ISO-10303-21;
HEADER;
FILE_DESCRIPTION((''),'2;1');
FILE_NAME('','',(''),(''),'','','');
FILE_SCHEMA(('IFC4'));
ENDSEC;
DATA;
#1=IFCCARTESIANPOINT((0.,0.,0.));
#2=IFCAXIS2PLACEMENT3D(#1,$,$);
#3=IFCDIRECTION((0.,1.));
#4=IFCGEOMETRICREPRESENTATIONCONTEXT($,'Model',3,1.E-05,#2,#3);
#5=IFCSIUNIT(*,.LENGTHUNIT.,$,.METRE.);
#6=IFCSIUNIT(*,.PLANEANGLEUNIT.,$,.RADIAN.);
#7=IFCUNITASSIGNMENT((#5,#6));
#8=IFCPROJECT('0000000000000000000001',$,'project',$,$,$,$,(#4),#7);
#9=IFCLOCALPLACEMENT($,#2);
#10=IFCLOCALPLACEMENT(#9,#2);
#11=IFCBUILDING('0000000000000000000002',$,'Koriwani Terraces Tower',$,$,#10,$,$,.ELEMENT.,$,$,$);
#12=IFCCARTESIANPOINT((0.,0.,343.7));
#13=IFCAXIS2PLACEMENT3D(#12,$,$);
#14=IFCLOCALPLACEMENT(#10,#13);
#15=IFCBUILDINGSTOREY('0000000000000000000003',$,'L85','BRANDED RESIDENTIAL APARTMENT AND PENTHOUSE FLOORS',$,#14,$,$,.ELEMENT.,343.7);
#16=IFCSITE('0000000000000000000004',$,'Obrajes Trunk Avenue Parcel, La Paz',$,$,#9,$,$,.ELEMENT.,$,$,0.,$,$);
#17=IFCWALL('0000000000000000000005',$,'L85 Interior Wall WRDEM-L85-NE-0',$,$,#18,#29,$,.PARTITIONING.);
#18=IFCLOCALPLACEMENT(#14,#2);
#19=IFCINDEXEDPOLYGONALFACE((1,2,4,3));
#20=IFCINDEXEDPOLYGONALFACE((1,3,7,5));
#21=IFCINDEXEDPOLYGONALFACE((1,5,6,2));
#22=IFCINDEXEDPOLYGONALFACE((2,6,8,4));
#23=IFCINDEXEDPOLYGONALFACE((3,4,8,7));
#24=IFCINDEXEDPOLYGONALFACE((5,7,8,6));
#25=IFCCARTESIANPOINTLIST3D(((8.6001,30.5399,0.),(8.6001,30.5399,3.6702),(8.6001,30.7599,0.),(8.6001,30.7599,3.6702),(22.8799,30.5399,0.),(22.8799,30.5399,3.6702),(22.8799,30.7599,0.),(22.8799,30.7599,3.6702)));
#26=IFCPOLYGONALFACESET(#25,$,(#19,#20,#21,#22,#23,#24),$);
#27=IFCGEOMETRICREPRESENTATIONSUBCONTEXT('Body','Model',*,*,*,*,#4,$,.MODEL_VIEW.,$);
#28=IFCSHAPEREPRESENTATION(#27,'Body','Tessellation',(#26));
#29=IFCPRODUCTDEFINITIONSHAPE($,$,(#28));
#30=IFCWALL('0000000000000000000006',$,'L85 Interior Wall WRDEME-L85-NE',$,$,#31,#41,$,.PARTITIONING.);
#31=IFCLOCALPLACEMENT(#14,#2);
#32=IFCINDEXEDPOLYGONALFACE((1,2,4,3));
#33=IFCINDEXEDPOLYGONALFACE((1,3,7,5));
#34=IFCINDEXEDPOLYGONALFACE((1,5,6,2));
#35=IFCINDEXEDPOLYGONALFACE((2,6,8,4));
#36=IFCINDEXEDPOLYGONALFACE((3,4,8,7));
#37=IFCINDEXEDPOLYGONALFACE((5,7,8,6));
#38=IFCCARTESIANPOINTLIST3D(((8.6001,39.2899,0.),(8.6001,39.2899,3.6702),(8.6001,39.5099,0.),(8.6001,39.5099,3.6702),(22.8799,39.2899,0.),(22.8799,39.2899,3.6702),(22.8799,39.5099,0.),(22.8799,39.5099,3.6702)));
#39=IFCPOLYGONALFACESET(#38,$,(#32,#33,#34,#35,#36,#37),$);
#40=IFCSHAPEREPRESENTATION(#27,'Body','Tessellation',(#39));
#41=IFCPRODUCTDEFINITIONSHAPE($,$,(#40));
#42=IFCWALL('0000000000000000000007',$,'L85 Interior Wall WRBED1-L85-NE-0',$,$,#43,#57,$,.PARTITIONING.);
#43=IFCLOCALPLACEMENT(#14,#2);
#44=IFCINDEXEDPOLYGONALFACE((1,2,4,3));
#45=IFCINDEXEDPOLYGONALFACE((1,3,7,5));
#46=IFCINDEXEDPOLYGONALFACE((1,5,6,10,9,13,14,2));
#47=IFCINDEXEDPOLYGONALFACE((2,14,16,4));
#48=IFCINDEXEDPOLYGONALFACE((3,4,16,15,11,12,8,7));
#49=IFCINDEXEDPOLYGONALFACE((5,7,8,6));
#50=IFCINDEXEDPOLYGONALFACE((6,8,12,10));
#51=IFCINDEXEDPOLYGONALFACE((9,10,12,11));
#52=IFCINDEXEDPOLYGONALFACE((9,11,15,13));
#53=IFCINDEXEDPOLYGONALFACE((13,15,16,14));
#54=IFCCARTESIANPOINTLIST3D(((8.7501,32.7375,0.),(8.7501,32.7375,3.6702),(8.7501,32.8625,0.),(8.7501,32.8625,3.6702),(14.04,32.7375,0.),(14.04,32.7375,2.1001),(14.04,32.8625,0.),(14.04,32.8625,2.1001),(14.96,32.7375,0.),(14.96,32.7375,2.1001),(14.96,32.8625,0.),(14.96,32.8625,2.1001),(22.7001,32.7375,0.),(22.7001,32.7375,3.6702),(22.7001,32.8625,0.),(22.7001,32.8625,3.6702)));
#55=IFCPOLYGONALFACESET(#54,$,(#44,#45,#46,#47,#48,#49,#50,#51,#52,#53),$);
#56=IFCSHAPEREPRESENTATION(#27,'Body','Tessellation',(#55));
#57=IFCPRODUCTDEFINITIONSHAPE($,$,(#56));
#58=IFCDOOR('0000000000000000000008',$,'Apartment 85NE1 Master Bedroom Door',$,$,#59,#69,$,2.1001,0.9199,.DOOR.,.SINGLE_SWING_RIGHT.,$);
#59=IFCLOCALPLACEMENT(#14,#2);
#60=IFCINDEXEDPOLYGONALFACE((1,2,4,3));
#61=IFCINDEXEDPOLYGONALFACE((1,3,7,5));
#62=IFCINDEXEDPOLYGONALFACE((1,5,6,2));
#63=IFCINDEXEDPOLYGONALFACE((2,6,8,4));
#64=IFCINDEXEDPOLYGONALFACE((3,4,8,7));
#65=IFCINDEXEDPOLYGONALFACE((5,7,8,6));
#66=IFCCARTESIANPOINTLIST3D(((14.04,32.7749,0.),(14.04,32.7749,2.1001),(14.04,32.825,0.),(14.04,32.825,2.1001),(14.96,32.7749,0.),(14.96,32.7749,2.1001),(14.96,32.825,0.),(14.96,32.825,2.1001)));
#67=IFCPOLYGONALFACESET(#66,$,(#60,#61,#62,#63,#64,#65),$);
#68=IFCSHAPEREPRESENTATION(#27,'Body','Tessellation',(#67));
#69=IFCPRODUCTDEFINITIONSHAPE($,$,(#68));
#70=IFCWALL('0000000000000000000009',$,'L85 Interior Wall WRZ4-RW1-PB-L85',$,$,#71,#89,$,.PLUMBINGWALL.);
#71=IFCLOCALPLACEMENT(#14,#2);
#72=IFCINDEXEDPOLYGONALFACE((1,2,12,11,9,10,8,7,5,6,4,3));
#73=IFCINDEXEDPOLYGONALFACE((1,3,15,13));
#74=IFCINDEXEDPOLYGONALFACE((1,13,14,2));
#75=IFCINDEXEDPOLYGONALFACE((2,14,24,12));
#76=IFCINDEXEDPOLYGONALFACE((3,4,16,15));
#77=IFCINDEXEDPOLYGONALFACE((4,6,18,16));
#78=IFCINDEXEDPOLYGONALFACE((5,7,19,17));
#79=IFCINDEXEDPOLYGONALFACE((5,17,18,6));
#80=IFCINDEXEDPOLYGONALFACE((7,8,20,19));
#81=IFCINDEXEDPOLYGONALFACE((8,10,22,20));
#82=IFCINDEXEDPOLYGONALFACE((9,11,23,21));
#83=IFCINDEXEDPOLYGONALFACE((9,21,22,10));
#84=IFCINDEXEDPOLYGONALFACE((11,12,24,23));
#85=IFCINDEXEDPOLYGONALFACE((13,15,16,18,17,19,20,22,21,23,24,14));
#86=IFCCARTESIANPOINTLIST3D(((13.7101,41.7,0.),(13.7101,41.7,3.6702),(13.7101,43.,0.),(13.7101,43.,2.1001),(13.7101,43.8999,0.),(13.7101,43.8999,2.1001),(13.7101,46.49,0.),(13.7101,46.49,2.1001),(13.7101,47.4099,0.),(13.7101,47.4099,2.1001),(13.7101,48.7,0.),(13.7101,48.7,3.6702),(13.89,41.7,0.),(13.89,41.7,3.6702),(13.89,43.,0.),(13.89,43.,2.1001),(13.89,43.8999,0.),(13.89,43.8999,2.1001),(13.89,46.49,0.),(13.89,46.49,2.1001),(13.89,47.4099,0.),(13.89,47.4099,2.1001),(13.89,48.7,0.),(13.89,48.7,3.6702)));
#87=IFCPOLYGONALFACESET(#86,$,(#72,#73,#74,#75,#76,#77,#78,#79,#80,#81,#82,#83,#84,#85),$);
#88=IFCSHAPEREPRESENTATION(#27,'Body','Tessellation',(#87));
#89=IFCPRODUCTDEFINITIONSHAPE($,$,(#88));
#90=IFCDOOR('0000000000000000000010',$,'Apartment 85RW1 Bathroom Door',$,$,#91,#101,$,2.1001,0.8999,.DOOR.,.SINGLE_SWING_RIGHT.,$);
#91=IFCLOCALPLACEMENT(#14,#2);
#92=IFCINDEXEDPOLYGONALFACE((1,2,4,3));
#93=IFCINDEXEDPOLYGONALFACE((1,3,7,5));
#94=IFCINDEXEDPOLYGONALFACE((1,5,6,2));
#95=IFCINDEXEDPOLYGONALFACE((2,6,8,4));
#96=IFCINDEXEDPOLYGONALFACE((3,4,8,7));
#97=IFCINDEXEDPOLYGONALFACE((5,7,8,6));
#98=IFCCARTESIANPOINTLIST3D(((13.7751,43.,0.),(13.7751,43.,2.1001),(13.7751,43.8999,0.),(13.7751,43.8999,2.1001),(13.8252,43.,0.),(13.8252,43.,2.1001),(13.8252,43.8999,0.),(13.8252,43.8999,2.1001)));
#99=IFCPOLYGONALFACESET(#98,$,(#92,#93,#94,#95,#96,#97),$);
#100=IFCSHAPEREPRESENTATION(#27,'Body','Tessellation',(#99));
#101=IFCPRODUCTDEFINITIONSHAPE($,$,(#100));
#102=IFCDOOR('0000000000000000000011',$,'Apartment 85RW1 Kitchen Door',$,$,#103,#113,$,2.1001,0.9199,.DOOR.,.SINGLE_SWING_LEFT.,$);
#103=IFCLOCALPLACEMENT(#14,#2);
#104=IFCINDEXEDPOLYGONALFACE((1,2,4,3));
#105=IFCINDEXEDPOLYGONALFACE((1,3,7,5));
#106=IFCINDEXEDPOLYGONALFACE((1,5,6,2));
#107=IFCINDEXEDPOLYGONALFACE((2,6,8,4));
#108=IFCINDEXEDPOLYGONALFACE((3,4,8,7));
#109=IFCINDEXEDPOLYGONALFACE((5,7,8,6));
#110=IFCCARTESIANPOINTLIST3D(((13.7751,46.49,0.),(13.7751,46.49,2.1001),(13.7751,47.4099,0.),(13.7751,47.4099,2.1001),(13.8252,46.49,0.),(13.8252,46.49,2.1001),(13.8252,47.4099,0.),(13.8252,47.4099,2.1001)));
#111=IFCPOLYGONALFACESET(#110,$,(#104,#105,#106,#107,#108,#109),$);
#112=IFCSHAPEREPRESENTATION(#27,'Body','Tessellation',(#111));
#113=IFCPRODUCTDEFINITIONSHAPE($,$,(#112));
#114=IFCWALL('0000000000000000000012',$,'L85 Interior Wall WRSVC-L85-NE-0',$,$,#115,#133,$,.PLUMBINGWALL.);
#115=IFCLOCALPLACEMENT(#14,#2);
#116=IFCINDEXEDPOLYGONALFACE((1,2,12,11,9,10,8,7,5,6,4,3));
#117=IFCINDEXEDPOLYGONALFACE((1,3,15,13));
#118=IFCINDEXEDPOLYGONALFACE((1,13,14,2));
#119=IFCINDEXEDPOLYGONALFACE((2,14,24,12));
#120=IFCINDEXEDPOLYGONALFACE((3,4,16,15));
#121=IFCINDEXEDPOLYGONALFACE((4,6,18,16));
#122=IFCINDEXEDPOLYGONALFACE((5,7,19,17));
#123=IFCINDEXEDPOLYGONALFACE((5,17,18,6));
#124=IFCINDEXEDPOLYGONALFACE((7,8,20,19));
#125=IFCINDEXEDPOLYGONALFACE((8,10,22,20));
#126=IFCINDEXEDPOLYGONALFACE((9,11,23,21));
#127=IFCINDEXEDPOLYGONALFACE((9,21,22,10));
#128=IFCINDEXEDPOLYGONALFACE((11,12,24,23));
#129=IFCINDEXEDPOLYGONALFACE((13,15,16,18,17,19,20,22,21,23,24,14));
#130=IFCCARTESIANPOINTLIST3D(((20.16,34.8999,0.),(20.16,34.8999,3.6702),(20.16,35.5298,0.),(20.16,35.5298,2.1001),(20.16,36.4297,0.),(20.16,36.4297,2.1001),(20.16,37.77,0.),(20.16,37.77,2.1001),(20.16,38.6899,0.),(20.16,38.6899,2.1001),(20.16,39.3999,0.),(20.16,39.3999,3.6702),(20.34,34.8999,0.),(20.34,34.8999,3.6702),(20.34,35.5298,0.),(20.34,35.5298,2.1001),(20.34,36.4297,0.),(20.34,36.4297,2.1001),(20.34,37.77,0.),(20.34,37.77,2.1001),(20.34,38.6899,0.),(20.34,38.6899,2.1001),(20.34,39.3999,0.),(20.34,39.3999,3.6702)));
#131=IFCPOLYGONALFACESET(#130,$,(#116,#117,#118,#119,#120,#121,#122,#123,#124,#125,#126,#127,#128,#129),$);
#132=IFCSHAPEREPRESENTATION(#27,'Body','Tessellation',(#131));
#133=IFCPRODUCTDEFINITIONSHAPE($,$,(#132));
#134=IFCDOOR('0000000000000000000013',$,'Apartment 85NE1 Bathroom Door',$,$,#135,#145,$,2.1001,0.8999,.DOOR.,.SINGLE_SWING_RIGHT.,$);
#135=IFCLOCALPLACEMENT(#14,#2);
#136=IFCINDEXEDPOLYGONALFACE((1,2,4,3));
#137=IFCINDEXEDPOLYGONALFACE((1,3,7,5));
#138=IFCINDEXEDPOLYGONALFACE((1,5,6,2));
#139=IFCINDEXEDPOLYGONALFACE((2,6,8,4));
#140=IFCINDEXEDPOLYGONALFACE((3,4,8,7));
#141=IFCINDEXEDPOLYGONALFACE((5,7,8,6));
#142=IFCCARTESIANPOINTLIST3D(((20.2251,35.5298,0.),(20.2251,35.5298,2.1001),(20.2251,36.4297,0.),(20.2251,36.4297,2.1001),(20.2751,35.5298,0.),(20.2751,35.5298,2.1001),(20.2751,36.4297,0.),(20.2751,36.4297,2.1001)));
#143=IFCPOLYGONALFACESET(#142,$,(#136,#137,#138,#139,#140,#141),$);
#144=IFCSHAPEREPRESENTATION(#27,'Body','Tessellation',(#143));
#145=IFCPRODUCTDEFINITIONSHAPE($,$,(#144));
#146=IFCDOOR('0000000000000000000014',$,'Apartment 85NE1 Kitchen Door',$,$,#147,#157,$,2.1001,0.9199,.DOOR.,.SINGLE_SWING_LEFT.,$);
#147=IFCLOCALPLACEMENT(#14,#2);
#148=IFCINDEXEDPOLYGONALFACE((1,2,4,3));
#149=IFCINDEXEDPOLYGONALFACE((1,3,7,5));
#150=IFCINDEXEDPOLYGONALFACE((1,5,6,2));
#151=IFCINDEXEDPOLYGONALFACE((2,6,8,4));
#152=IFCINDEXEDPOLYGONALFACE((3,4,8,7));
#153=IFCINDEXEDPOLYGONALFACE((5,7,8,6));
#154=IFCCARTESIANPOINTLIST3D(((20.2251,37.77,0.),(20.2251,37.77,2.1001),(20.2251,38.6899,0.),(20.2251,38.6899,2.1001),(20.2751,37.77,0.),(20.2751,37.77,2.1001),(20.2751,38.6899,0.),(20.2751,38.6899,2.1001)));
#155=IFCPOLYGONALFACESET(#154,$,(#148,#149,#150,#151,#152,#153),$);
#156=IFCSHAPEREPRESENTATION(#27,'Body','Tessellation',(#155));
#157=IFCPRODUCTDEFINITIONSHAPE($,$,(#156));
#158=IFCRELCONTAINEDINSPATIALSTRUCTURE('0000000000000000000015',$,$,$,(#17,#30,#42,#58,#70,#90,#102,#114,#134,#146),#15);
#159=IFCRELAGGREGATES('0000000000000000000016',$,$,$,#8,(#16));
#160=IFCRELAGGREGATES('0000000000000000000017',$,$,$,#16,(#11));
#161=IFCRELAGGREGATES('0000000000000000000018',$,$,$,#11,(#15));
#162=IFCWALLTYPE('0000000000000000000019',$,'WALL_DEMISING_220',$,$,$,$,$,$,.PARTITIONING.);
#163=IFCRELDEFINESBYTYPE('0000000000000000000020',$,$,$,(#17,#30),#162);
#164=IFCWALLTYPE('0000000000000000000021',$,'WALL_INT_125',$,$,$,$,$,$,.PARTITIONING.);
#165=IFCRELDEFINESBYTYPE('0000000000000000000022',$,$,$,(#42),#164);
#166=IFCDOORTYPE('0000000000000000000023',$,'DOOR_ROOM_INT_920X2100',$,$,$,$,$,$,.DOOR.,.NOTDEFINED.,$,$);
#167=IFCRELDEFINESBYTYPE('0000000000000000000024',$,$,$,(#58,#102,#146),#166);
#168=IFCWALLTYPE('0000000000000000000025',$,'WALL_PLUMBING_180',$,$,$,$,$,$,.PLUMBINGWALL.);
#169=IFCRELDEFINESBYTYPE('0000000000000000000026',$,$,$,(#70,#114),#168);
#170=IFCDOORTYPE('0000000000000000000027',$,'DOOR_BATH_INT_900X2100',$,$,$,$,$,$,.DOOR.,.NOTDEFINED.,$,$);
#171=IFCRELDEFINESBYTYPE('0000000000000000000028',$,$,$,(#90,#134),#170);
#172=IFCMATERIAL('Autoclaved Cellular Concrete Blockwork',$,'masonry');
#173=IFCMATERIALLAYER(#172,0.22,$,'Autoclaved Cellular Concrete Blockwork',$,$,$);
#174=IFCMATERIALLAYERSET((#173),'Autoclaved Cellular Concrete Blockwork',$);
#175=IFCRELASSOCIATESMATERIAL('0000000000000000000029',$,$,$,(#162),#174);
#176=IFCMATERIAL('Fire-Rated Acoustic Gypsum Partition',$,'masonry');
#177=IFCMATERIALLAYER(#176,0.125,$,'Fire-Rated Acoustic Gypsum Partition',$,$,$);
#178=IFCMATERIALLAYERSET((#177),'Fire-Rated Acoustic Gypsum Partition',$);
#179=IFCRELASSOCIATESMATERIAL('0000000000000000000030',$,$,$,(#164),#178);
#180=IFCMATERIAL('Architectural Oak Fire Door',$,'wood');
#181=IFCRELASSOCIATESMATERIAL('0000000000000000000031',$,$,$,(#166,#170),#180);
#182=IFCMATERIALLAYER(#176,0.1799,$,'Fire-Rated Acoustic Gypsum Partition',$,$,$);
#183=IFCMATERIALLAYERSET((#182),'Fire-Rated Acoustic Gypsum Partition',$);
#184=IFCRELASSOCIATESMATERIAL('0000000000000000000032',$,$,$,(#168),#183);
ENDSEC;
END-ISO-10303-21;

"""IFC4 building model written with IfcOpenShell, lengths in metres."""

from ifc_helpers import new_model, si_unit, direction, frame, frame_2d, origin, place, context, subcontext, project, spatial, rectangle, extrude, material, layer, layer_set, type_object, element, fill, save


model = new_model("IFC4")

# Units and contexts
model_context = context("Model", 3, precision=1e-05, world=origin(), true_north=direction((0.0, 1.0)))
body_context = subcontext(model_context, "Body", "Model", "MODEL_VIEW")
ifc_project = project(units=[si_unit("LENGTHUNIT", "METRE"), si_unit("PLANEANGLEUNIT", "RADIAN")], contexts=[model_context])

# Site, building, storey
site_placement = place(None, origin())
site = spatial("IfcSite", under=ifc_project, at=site_placement, Name="Obrajes Trunk Avenue Parcel, La Paz", CompositionType="ELEMENT", RefElevation=0.0)
building_placement = place(site_placement, origin())
building = spatial("IfcBuilding", under=site, at=building_placement, Name="Koriwani Terraces Tower", CompositionType="ELEMENT")
storey_placement = place(building_placement, frame((0.0, 0.0, 343.7)))
storey = spatial("IfcBuildingStorey", under=building, at=storey_placement, Name="L85", Description="BRANDED RESIDENTIAL APARTMENT AND PENTHOUSE FLOORS", CompositionType="ELEMENT", Elevation=343.7)

# Shared definitions
ifc_material_1 = material(Name="Autoclaved Cellular Concrete Blockwork", Category="masonry")
ifc_material_2 = material(Name="Architectural Oak Fire Door", Category="wood")

# Walls
ifc_layer_1 = layer(ifc_material_1, 0.22, Name="Autoclaved Cellular Concrete Blockwork")
ifc_layer_set_1 = layer_set([ifc_layer_1], Name="Autoclaved Cellular Concrete Blockwork")
wall_type_1 = type_object("IfcWallType", Name="WALL_DEMISING_220", PredefinedType="PARTITIONING", material=ifc_layer_set_1)
for number, where, z_axis, x_axis, name in (
    (1, (8.6001, 30.6499, 0.0), (0.0, 0.0, 1.0), (1.0, 0.0, 0.0), "L85 Interior Wall WRDEM-L85-NE-0"),
    (2, (8.6001, 39.3999, 0.0), (0.0, 0.0, 1.0), (1.0, 0.0, 0.0), "L85 Interior Wall WRDEME-L85-NE"),
):
    element("IfcWall", number, at=place(storey_placement, frame(where, z_axis=z_axis, x_axis=x_axis)), inside=storey, type_object=wall_type_1, Name=name, PredefinedType="PARTITIONING", context=body_context, shape_type="SweptSolid", body=[
        extrude(rectangle(XDim=14.2798, YDim=0.22, at=frame_2d((7.1399, 0.0))), origin(), (0.0, 0.0, 1.0), 3.6702),
    ])

# Wall, opening, door
ifc_material_3 = material(Name="Fire-Rated Acoustic Gypsum Partition", Category="masonry")
ifc_layer_2 = layer(ifc_material_3, 0.125, Name="Fire-Rated Acoustic Gypsum Partition")
ifc_layer_set_2 = layer_set([ifc_layer_2], Name="Fire-Rated Acoustic Gypsum Partition")
wall_type_2 = type_object("IfcWallType", Name="WALL_INT_125", PredefinedType="PARTITIONING", material=ifc_layer_set_2)
wall_1_placement = place(storey_placement, frame((8.75, 32.8, 0.0), z_axis=(0.0, 0.0, 1.0), x_axis=(1.0, 0.0, 0.0)))
wall_1 = element("IfcWall", 3, at=wall_1_placement, inside=storey, type_object=wall_type_2, Name="L85 Interior Wall WRBED1-L85-NE-0", PredefinedType="PARTITIONING", context=body_context, shape_type="SweptSolid", body=[
    extrude(rectangle(XDim=13.95, YDim=0.125, at=frame_2d((6.9751, 0.0))), origin(), (0.0, 0.0, 1.0), 3.6702),
])
opening_1_placement = place(wall_1_placement, frame((5.29, 0.0, 0.0)))
opening_1 = element("IfcOpeningElement", 4, at=opening_1_placement, cuts=wall_1, PredefinedType="OPENING", context=body_context, shape_type="SweptSolid", body=[
    extrude(rectangle(XDim=0.9199, YDim=2.1001, at=frame_2d((0.46, 1.05))), frame((0.0, 0.0725, 0.0), z_axis=(0.0, -1.0, 0.0), x_axis=(1.0, 0.0, 0.0)), (0.0, 0.0, 1.0), 0.145),
])
door_type_1 = type_object("IfcDoorType", Name="DOOR_ROOM_INT_920X2100", OperationType="NOTDEFINED", PredefinedType="DOOR", material=ifc_material_2)
door_1_placement = place(opening_1_placement, origin())
door_1 = element("IfcDoor", 5, at=door_1_placement, inside=storey, type_object=door_type_1, Name="Apartment 85NE1 Master Bedroom Door", OperationType="SINGLE_SWING_RIGHT", OverallHeight=2.1001, OverallWidth=0.9199, PredefinedType="DOOR", context=body_context, shape_type="SweptSolid", body=[
    extrude(rectangle(XDim=0.9199, YDim=2.1001, at=frame_2d((0.46, 1.05))), frame((0.0, 0.0249, 0.0), z_axis=(0.0, -1.0, 0.0), x_axis=(1.0, 0.0, 0.0)), (0.0, 0.0, 1.0), 0.05),
])
fill(opening_1, door_1)

# Walls, openings, doors
ifc_layer_3 = layer(ifc_material_3, 0.1799, Name="Fire-Rated Acoustic Gypsum Partition")
ifc_layer_set_3 = layer_set([ifc_layer_3], Name="Fire-Rated Acoustic Gypsum Partition")
wall_type_3 = type_object("IfcWallType", Name="WALL_PLUMBING_180", PredefinedType="PLUMBINGWALL", material=ifc_layer_set_3)
wall_2_placement = place(storey_placement, frame((13.8, 41.7, 0.0), z_axis=(0.0, 0.0, 1.0), x_axis=(0.0, 1.0, 0.0)))
wall_2 = element("IfcWall", 6, at=wall_2_placement, inside=storey, type_object=wall_type_3, Name="L85 Interior Wall WRZ4-RW1-PB-L85", PredefinedType="PLUMBINGWALL", context=body_context, shape_type="SweptSolid", body=[
    extrude(rectangle(XDim=7.0, YDim=0.1799, at=frame_2d((3.5, 0.0))), origin(), (0.0, 0.0, 1.0), 3.6702),
])
opening_2_placement = place(wall_2_placement, frame((1.3, 0.0, 0.0)))
opening_2 = element("IfcOpeningElement", 7, at=opening_2_placement, cuts=wall_2, PredefinedType="OPENING", context=body_context, shape_type="SweptSolid", body=[
    extrude(rectangle(XDim=0.8999, YDim=2.1001, at=frame_2d((0.45, 1.05))), frame((0.0, 0.1001, 0.0), z_axis=(0.0, -1.0, 0.0), x_axis=(1.0, 0.0, 0.0)), (0.0, 0.0, 1.0), 0.2),
])
opening_3_placement = place(wall_2_placement, frame((4.79, 0.0, 0.0)))
opening_3 = element("IfcOpeningElement", 8, at=opening_3_placement, cuts=wall_2, PredefinedType="OPENING", context=body_context, shape_type="SweptSolid", body=[
    extrude(rectangle(XDim=0.9199, YDim=2.1001, at=frame_2d((0.46, 1.05))), frame((0.0, 0.1001, 0.0), z_axis=(0.0, -1.0, 0.0), x_axis=(1.0, 0.0, 0.0)), (0.0, 0.0, 1.0), 0.2),
])
door_type_2 = type_object("IfcDoorType", Name="DOOR_BATH_INT_900X2100", OperationType="NOTDEFINED", PredefinedType="DOOR", material=ifc_material_2)
door_2_placement = place(opening_2_placement, origin())
door_2 = element("IfcDoor", 9, at=door_2_placement, inside=storey, type_object=door_type_2, Name="Apartment 85RW1 Bathroom Door", OperationType="SINGLE_SWING_RIGHT", OverallHeight=2.1001, OverallWidth=0.8999, PredefinedType="DOOR", context=body_context, shape_type="SweptSolid", body=[
    extrude(rectangle(XDim=0.8999, YDim=2.1001, at=frame_2d((0.45, 1.05))), frame((0.0, 0.0249, 0.0), z_axis=(0.0, -1.0, 0.0), x_axis=(1.0, 0.0, 0.0)), (0.0, 0.0, 1.0), 0.05),
])
fill(opening_2, door_2)
door_3_placement = place(opening_3_placement, origin())
door_3 = element("IfcDoor", 10, at=door_3_placement, inside=storey, type_object=door_type_1, Name="Apartment 85RW1 Kitchen Door", OperationType="SINGLE_SWING_LEFT", OverallHeight=2.1001, OverallWidth=0.9199, PredefinedType="DOOR", context=body_context, shape_type="SweptSolid", body=[
    extrude(rectangle(XDim=0.9199, YDim=2.1001, at=frame_2d((0.46, 1.05))), frame((0.0, 0.0249, 0.0), z_axis=(0.0, -1.0, 0.0), x_axis=(1.0, 0.0, 0.0)), (0.0, 0.0, 1.0), 0.05),
])
fill(opening_3, door_3)
wall_3_placement = place(storey_placement, frame((20.25, 34.8999, 0.0), z_axis=(0.0, 0.0, 1.0), x_axis=(0.0, 1.0, 0.0)))
wall_3 = element("IfcWall", 11, at=wall_3_placement, inside=storey, type_object=wall_type_3, Name="L85 Interior Wall WRSVC-L85-NE-0", PredefinedType="PLUMBINGWALL", context=body_context, shape_type="SweptSolid", body=[
    extrude(rectangle(XDim=4.5, YDim=0.1799, at=frame_2d((2.25, 0.0))), origin(), (0.0, 0.0, 1.0), 3.6702),
])
opening_4_placement = place(wall_3_placement, frame((0.6299, 0.0, 0.0)))
opening_4 = element("IfcOpeningElement", 12, at=opening_4_placement, cuts=wall_3, PredefinedType="OPENING", context=body_context, shape_type="SweptSolid", body=[
    extrude(rectangle(XDim=0.8999, YDim=2.1001, at=frame_2d((0.45, 1.05))), frame((0.0, 0.1001, 0.0), z_axis=(0.0, -1.0, 0.0), x_axis=(1.0, 0.0, 0.0)), (0.0, 0.0, 1.0), 0.2),
])
opening_5_placement = place(wall_3_placement, frame((2.8701, 0.0, 0.0)))
opening_5 = element("IfcOpeningElement", 13, at=opening_5_placement, cuts=wall_3, PredefinedType="OPENING", context=body_context, shape_type="SweptSolid", body=[
    extrude(rectangle(XDim=0.9199, YDim=2.1001, at=frame_2d((0.46, 1.05))), frame((0.0, 0.1001, 0.0), z_axis=(0.0, -1.0, 0.0), x_axis=(1.0, 0.0, 0.0)), (0.0, 0.0, 1.0), 0.2),
])
door_4_placement = place(opening_4_placement, origin())
door_4 = element("IfcDoor", 14, at=door_4_placement, inside=storey, type_object=door_type_2, Name="Apartment 85NE1 Bathroom Door", OperationType="SINGLE_SWING_RIGHT", OverallHeight=2.1001, OverallWidth=0.8999, PredefinedType="DOOR", context=body_context, shape_type="SweptSolid", body=[
    extrude(rectangle(XDim=0.8999, YDim=2.1001, at=frame_2d((0.45, 1.05))), frame((0.0, 0.0249, 0.0), z_axis=(0.0, -1.0, 0.0), x_axis=(1.0, 0.0, 0.0)), (0.0, 0.0, 1.0), 0.05),
])
fill(opening_4, door_4)
door_5_placement = place(opening_5_placement, origin())
door_5 = element("IfcDoor", 15, at=door_5_placement, inside=storey, type_object=door_type_1, Name="Apartment 85NE1 Kitchen Door", OperationType="SINGLE_SWING_LEFT", OverallHeight=2.1001, OverallWidth=0.9199, PredefinedType="DOOR", context=body_context, shape_type="SweptSolid", body=[
    extrude(rectangle(XDim=0.9199, YDim=2.1001, at=frame_2d((0.46, 1.05))), frame((0.0, 0.0249, 0.0), z_axis=(0.0, -1.0, 0.0), x_axis=(1.0, 0.0, 0.0)), (0.0, 0.0, 1.0), 0.05),
])
fill(opening_5, door_5)

save(model, "model.ifc")
